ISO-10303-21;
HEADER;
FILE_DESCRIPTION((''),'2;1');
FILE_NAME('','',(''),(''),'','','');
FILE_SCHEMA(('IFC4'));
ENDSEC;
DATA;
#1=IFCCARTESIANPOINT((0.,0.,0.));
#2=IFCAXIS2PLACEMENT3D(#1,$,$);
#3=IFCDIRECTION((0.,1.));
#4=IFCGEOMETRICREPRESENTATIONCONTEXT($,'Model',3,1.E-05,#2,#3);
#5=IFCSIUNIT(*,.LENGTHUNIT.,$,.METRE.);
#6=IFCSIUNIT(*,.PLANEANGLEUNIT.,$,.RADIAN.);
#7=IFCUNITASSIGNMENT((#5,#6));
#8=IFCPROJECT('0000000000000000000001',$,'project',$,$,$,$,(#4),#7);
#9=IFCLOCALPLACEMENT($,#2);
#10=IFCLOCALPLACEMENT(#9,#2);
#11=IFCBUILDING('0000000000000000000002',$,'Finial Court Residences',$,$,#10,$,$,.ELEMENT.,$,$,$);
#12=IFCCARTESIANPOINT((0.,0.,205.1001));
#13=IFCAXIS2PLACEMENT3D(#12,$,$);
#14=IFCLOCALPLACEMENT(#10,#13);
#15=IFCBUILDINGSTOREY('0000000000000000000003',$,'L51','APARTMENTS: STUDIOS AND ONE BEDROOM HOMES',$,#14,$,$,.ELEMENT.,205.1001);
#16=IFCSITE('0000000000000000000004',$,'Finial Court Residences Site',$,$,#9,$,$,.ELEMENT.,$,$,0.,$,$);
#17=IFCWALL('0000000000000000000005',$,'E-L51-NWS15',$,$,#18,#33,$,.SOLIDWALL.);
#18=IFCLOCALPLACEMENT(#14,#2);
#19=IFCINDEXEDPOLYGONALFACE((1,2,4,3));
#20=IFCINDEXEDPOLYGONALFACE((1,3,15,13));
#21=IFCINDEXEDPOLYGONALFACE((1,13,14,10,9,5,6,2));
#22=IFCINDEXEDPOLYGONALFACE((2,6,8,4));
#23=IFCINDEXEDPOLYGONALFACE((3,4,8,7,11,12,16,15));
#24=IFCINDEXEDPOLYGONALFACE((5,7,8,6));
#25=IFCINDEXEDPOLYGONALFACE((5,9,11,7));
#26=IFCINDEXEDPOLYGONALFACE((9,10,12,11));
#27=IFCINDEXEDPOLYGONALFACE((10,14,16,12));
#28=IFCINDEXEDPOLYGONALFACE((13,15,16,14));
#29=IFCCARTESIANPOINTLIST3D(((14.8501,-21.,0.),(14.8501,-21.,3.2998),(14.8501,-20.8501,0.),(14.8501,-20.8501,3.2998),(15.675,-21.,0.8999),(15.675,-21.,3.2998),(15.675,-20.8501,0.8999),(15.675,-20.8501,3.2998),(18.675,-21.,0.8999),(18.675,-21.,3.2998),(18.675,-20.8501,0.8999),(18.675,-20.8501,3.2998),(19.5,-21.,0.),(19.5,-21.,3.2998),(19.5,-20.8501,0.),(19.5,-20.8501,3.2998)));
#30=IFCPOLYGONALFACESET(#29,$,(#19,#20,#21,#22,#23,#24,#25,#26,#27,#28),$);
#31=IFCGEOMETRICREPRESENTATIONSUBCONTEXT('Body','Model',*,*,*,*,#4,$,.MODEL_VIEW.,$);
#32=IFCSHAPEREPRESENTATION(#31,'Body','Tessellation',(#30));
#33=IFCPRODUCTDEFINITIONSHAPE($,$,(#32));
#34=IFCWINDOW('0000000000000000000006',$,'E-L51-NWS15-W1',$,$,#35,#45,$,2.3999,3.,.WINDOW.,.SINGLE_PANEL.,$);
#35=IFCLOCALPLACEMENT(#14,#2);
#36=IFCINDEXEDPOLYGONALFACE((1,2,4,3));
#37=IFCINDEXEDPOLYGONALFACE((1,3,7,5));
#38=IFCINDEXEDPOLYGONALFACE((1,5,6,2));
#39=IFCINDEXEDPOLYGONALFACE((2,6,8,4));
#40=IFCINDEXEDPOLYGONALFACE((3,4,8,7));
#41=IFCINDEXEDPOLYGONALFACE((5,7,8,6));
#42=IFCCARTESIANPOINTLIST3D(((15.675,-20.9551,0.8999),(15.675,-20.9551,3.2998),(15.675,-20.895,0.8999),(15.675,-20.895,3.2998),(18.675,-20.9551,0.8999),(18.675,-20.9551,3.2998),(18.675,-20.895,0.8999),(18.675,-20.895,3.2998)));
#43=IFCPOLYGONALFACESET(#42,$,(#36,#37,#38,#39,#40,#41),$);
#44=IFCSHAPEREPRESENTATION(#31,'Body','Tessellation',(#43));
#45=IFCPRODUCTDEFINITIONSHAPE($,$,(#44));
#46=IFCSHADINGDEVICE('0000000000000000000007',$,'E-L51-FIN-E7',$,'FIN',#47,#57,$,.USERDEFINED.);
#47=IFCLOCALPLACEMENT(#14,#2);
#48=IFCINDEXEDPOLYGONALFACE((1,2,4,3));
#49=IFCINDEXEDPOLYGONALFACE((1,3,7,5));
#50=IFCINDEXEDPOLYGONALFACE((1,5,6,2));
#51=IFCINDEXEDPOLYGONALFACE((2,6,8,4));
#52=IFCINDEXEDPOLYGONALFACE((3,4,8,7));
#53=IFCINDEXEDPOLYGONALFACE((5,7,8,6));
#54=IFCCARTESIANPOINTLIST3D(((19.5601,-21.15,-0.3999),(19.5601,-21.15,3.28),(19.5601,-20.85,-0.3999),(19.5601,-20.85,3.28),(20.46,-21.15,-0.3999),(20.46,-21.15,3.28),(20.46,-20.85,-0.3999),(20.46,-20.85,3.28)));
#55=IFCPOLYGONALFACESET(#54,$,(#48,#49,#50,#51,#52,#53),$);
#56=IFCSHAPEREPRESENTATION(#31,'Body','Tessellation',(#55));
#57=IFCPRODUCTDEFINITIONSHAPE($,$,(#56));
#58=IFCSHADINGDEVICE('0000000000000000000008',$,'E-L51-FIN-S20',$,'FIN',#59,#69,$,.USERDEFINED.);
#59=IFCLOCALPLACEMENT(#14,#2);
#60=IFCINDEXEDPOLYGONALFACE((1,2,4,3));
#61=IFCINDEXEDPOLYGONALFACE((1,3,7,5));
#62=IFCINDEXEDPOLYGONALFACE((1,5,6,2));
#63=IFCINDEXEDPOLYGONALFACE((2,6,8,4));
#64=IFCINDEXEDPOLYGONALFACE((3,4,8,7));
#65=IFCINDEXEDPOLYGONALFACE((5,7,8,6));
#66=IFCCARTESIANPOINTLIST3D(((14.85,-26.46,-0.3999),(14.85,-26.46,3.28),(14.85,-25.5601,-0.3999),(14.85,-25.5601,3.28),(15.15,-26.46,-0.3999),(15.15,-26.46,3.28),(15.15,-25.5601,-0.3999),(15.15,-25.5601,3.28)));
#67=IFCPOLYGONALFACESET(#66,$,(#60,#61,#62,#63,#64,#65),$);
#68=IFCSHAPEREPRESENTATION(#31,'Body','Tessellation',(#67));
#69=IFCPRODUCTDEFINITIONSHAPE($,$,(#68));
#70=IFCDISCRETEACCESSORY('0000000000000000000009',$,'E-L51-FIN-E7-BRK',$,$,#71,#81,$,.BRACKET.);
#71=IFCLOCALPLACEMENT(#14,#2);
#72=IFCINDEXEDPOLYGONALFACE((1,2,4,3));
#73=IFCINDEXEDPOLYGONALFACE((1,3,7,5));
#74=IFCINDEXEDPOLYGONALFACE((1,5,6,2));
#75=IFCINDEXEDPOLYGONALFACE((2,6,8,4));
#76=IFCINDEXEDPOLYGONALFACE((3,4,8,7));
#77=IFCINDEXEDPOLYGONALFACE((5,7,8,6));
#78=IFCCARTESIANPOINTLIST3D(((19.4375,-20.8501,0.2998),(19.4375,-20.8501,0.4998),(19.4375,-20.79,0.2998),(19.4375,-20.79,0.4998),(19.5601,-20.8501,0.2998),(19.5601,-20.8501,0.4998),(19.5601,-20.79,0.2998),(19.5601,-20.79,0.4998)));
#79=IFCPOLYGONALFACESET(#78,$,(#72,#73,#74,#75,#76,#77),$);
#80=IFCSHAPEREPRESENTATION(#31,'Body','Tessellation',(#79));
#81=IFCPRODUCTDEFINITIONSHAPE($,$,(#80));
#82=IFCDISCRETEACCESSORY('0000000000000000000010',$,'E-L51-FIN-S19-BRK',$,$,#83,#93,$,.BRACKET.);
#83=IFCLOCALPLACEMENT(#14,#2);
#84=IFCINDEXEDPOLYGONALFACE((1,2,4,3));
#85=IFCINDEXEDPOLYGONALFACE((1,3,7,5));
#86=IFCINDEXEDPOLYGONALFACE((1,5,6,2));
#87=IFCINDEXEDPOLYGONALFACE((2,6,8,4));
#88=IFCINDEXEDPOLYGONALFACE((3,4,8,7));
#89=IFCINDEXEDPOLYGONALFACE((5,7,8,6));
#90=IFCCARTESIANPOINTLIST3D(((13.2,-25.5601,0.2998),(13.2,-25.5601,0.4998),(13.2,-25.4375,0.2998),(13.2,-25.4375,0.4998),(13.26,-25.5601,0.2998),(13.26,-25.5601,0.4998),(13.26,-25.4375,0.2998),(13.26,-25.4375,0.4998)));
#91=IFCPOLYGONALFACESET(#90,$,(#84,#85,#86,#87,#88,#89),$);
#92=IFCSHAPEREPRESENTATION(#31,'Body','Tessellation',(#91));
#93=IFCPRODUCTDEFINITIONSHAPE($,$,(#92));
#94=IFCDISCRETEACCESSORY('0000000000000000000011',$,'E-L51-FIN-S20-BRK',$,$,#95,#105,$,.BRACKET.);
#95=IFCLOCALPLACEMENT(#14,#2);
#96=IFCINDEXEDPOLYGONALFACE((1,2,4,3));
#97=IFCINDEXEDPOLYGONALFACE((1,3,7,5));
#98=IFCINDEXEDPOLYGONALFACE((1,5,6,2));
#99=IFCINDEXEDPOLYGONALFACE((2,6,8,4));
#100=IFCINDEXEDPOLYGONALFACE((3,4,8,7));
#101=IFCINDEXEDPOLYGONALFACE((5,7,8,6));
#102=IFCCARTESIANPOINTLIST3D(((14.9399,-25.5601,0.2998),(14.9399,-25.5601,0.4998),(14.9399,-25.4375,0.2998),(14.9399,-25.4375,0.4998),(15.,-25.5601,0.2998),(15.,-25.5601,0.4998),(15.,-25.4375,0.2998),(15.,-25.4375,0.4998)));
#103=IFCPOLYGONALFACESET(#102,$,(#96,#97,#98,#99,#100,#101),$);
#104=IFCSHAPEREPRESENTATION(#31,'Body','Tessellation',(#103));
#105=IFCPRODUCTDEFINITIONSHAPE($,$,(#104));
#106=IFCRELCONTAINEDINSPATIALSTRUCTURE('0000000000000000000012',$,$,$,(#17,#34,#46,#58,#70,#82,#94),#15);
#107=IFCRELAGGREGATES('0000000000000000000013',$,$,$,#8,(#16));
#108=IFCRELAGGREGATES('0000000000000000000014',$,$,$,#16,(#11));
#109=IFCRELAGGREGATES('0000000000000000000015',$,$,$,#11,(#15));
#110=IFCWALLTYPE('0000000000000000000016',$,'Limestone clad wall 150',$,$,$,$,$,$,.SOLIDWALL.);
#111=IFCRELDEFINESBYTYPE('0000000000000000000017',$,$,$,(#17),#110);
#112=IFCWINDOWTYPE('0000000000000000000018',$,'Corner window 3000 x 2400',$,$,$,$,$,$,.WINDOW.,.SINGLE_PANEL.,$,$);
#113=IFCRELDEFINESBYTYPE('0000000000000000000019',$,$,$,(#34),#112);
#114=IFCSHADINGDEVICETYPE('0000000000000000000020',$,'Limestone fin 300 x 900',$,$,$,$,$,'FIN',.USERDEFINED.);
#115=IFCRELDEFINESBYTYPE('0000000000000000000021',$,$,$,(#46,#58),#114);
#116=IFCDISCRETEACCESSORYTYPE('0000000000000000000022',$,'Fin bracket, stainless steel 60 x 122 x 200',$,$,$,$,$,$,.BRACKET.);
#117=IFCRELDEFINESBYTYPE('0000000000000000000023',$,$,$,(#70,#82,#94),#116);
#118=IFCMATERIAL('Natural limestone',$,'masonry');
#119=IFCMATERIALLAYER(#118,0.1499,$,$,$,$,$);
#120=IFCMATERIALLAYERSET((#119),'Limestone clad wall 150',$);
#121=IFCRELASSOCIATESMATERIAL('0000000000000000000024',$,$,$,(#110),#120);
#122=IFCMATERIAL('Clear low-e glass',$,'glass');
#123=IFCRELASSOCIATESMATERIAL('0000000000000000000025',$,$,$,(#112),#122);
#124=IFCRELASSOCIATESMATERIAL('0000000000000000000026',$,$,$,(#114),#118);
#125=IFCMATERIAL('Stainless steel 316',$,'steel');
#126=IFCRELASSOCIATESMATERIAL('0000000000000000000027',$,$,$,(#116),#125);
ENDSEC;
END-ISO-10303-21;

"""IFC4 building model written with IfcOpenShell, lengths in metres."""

from ifc_helpers import new_model, si_unit, direction, frame, frame_2d, origin, origin_2d, place, context, subcontext, project, spatial, rectangle, extrude, material, layer, layer_set, type_object, element, fill, save


model = new_model("IFC4")

# Units and contexts
model_context = context("Model", 3, precision=1e-05, world=origin(), true_north=direction((0.0, 1.0)))
body_context = subcontext(model_context, "Body", "Model", "MODEL_VIEW")
ifc_project = project(units=[si_unit("LENGTHUNIT", "METRE"), si_unit("PLANEANGLEUNIT", "RADIAN")], contexts=[model_context])

# Site, building, storey
site_placement = place(None, origin())
site = spatial("IfcSite", under=ifc_project, at=site_placement, Name="Finial Court Residences Site", CompositionType="ELEMENT", RefElevation=0.0)
building_placement = place(site_placement, origin())
building = spatial("IfcBuilding", under=site, at=building_placement, Name="Finial Court Residences", CompositionType="ELEMENT")
storey_placement = place(building_placement, frame((0.0, 0.0, 205.1001)))
storey = spatial("IfcBuildingStorey", under=building, at=storey_placement, Name="L51", Description="APARTMENTS: STUDIOS AND ONE BEDROOM HOMES", CompositionType="ELEMENT", Elevation=205.1001)

# Shared definitions
ifc_material_1 = material(Name="Clear low-e glass", Category="glass")

# Wall, opening, window
ifc_material_2 = material(Name="Natural limestone", Category="masonry")
ifc_layer_1 = layer(ifc_material_2, 0.1499)
ifc_layer_set_1 = layer_set([ifc_layer_1], Name="Limestone clad wall 150")
wall_type_1 = type_object("IfcWallType", Name="Limestone clad wall 150", PredefinedType="SOLIDWALL", material=ifc_layer_set_1)
window_type = type_object("IfcWindowType", Name="Corner window 3000 x 2400", PartitioningType="SINGLE_PANEL", PredefinedType="WINDOW", material=ifc_material_1)
wall_1_placement = place(storey_placement, frame((19.5, -20.925, 0.0), z_axis=(0.0, 0.0, 1.0), x_axis=(-1.0, 0.0, 0.0)))
wall_1 = element("IfcWall", 1, at=wall_1_placement, inside=storey, type_object=wall_type_1, Name="E-L51-NWS15", PredefinedType="SOLIDWALL", context=body_context, shape_type="SweptSolid", body=[
    extrude(rectangle(XDim=4.6499, YDim=0.1499, at=frame_2d((2.325, 0.0))), origin(), (0.0, 0.0, 1.0), 3.2998),
])
opening_1_placement = place(wall_1_placement, frame((0.825, 0.0, 0.8999)))
opening_1 = element("IfcOpeningElement", 2, at=opening_1_placement, cuts=wall_1, PredefinedType="OPENING", context=body_context, shape_type="SweptSolid", body=[
    extrude(rectangle(XDim=3.0, YDim=2.3999, at=frame_2d((1.5, 1.2))), frame((0.0, 0.085, 0.0), z_axis=(0.0, -1.0, 0.0), x_axis=(1.0, 0.0, 0.0)), (0.0, 0.0, 1.0), 0.1699),
])
window_1_placement = place(opening_1_placement, origin())
window_1 = element("IfcWindow", 3, at=window_1_placement, inside=storey, type_object=window_type, Name="E-L51-NWS15-W1", OverallHeight=2.3999, OverallWidth=3.0, PartitioningType="SINGLE_PANEL", PredefinedType="WINDOW", context=body_context, shape_type="SweptSolid", body=[
    extrude(rectangle(XDim=3.0, YDim=2.3999, at=frame_2d((1.5, 1.2))), frame((0.0, 0.03, 0.0), z_axis=(0.0, -1.0, 0.0), x_axis=(1.0, 0.0, 0.0)), (0.0, 0.0, 1.0), 0.0601),
])
fill(opening_1, window_1)

# Shading devices
shading_device_type = type_object("IfcShadingDeviceType", Name="Limestone fin 300 x 900", ElementType="FIN", PredefinedType="USERDEFINED", material=ifc_material_2)
shading_device_1_placement = place(storey_placement, frame((20.01, -21.0, -0.3999), z_axis=(0.0, 0.0, 1.0), x_axis=(1.0, 0.0, 0.0)))
element("IfcShadingDevice", 4, at=shading_device_1_placement, inside=storey, type_object=shading_device_type, Name="E-L51-FIN-E7", ObjectType="FIN", PredefinedType="USERDEFINED", context=body_context, shape_type="SweptSolid", body=[
    extrude(rectangle(XDim=0.8999, YDim=0.3, at=origin_2d()), origin(), (0.0, 0.0, 1.0), 3.6799),
])
shading_device_2_placement = place(storey_placement, frame((15.0, -26.01, -0.3999), z_axis=(0.0, 0.0, 1.0), x_axis=(1.0, 0.0, 0.0)))
element("IfcShadingDevice", 5, at=shading_device_2_placement, inside=storey, type_object=shading_device_type, Name="E-L51-FIN-S20", ObjectType="FIN", PredefinedType="USERDEFINED", context=body_context, shape_type="SweptSolid", body=[
    extrude(rectangle(XDim=0.3, YDim=0.8999, at=origin_2d()), origin(), (0.0, 0.0, 1.0), 3.6799),
])

# Discrete accessories
ifc_material_3 = material(Name="Stainless steel 316", Category="steel")
discrete_accessory_type = type_object("IfcDiscreteAccessoryType", Name="Fin bracket, stainless steel 60 x 122 x 200", PredefinedType="BRACKET", material=ifc_material_3)
discrete_accessory_placement = place(storey_placement, frame((19.4988, -20.8201, 0.2998), z_axis=(0.0, 0.0, 1.0), x_axis=(1.0, 0.0, 0.0)))
element("IfcDiscreteAccessory", 6, at=discrete_accessory_placement, inside=storey, type_object=discrete_accessory_type, Name="E-L51-FIN-E7-BRK", PredefinedType="BRACKET", context=body_context, shape_type="SweptSolid", body=[
    extrude(rectangle(XDim=0.1226, YDim=0.0601, at=origin_2d()), origin(), (0.0, 0.0, 1.0), 0.2),
])
for number, where, z_axis, x_axis, name in (
    (7, (13.23, -25.4988, 0.2998), (0.0, 0.0, 1.0), (1.0, 0.0, 0.0), "E-L51-FIN-S19-BRK"),
    (8, (14.97, -25.4988, 0.2998), (0.0, 0.0, 1.0), (1.0, 0.0, 0.0), "E-L51-FIN-S20-BRK"),
):
    element("IfcDiscreteAccessory", number, at=place(storey_placement, frame(where, z_axis=z_axis, x_axis=x_axis)), inside=storey, type_object=discrete_accessory_type, Name=name, PredefinedType="BRACKET", context=body_context, shape_type="SweptSolid", body=[
        extrude(rectangle(XDim=0.0601, YDim=0.1226, at=origin_2d()), origin(), (0.0, 0.0, 1.0), 0.2),
    ])

save(model, "model.ifc")
